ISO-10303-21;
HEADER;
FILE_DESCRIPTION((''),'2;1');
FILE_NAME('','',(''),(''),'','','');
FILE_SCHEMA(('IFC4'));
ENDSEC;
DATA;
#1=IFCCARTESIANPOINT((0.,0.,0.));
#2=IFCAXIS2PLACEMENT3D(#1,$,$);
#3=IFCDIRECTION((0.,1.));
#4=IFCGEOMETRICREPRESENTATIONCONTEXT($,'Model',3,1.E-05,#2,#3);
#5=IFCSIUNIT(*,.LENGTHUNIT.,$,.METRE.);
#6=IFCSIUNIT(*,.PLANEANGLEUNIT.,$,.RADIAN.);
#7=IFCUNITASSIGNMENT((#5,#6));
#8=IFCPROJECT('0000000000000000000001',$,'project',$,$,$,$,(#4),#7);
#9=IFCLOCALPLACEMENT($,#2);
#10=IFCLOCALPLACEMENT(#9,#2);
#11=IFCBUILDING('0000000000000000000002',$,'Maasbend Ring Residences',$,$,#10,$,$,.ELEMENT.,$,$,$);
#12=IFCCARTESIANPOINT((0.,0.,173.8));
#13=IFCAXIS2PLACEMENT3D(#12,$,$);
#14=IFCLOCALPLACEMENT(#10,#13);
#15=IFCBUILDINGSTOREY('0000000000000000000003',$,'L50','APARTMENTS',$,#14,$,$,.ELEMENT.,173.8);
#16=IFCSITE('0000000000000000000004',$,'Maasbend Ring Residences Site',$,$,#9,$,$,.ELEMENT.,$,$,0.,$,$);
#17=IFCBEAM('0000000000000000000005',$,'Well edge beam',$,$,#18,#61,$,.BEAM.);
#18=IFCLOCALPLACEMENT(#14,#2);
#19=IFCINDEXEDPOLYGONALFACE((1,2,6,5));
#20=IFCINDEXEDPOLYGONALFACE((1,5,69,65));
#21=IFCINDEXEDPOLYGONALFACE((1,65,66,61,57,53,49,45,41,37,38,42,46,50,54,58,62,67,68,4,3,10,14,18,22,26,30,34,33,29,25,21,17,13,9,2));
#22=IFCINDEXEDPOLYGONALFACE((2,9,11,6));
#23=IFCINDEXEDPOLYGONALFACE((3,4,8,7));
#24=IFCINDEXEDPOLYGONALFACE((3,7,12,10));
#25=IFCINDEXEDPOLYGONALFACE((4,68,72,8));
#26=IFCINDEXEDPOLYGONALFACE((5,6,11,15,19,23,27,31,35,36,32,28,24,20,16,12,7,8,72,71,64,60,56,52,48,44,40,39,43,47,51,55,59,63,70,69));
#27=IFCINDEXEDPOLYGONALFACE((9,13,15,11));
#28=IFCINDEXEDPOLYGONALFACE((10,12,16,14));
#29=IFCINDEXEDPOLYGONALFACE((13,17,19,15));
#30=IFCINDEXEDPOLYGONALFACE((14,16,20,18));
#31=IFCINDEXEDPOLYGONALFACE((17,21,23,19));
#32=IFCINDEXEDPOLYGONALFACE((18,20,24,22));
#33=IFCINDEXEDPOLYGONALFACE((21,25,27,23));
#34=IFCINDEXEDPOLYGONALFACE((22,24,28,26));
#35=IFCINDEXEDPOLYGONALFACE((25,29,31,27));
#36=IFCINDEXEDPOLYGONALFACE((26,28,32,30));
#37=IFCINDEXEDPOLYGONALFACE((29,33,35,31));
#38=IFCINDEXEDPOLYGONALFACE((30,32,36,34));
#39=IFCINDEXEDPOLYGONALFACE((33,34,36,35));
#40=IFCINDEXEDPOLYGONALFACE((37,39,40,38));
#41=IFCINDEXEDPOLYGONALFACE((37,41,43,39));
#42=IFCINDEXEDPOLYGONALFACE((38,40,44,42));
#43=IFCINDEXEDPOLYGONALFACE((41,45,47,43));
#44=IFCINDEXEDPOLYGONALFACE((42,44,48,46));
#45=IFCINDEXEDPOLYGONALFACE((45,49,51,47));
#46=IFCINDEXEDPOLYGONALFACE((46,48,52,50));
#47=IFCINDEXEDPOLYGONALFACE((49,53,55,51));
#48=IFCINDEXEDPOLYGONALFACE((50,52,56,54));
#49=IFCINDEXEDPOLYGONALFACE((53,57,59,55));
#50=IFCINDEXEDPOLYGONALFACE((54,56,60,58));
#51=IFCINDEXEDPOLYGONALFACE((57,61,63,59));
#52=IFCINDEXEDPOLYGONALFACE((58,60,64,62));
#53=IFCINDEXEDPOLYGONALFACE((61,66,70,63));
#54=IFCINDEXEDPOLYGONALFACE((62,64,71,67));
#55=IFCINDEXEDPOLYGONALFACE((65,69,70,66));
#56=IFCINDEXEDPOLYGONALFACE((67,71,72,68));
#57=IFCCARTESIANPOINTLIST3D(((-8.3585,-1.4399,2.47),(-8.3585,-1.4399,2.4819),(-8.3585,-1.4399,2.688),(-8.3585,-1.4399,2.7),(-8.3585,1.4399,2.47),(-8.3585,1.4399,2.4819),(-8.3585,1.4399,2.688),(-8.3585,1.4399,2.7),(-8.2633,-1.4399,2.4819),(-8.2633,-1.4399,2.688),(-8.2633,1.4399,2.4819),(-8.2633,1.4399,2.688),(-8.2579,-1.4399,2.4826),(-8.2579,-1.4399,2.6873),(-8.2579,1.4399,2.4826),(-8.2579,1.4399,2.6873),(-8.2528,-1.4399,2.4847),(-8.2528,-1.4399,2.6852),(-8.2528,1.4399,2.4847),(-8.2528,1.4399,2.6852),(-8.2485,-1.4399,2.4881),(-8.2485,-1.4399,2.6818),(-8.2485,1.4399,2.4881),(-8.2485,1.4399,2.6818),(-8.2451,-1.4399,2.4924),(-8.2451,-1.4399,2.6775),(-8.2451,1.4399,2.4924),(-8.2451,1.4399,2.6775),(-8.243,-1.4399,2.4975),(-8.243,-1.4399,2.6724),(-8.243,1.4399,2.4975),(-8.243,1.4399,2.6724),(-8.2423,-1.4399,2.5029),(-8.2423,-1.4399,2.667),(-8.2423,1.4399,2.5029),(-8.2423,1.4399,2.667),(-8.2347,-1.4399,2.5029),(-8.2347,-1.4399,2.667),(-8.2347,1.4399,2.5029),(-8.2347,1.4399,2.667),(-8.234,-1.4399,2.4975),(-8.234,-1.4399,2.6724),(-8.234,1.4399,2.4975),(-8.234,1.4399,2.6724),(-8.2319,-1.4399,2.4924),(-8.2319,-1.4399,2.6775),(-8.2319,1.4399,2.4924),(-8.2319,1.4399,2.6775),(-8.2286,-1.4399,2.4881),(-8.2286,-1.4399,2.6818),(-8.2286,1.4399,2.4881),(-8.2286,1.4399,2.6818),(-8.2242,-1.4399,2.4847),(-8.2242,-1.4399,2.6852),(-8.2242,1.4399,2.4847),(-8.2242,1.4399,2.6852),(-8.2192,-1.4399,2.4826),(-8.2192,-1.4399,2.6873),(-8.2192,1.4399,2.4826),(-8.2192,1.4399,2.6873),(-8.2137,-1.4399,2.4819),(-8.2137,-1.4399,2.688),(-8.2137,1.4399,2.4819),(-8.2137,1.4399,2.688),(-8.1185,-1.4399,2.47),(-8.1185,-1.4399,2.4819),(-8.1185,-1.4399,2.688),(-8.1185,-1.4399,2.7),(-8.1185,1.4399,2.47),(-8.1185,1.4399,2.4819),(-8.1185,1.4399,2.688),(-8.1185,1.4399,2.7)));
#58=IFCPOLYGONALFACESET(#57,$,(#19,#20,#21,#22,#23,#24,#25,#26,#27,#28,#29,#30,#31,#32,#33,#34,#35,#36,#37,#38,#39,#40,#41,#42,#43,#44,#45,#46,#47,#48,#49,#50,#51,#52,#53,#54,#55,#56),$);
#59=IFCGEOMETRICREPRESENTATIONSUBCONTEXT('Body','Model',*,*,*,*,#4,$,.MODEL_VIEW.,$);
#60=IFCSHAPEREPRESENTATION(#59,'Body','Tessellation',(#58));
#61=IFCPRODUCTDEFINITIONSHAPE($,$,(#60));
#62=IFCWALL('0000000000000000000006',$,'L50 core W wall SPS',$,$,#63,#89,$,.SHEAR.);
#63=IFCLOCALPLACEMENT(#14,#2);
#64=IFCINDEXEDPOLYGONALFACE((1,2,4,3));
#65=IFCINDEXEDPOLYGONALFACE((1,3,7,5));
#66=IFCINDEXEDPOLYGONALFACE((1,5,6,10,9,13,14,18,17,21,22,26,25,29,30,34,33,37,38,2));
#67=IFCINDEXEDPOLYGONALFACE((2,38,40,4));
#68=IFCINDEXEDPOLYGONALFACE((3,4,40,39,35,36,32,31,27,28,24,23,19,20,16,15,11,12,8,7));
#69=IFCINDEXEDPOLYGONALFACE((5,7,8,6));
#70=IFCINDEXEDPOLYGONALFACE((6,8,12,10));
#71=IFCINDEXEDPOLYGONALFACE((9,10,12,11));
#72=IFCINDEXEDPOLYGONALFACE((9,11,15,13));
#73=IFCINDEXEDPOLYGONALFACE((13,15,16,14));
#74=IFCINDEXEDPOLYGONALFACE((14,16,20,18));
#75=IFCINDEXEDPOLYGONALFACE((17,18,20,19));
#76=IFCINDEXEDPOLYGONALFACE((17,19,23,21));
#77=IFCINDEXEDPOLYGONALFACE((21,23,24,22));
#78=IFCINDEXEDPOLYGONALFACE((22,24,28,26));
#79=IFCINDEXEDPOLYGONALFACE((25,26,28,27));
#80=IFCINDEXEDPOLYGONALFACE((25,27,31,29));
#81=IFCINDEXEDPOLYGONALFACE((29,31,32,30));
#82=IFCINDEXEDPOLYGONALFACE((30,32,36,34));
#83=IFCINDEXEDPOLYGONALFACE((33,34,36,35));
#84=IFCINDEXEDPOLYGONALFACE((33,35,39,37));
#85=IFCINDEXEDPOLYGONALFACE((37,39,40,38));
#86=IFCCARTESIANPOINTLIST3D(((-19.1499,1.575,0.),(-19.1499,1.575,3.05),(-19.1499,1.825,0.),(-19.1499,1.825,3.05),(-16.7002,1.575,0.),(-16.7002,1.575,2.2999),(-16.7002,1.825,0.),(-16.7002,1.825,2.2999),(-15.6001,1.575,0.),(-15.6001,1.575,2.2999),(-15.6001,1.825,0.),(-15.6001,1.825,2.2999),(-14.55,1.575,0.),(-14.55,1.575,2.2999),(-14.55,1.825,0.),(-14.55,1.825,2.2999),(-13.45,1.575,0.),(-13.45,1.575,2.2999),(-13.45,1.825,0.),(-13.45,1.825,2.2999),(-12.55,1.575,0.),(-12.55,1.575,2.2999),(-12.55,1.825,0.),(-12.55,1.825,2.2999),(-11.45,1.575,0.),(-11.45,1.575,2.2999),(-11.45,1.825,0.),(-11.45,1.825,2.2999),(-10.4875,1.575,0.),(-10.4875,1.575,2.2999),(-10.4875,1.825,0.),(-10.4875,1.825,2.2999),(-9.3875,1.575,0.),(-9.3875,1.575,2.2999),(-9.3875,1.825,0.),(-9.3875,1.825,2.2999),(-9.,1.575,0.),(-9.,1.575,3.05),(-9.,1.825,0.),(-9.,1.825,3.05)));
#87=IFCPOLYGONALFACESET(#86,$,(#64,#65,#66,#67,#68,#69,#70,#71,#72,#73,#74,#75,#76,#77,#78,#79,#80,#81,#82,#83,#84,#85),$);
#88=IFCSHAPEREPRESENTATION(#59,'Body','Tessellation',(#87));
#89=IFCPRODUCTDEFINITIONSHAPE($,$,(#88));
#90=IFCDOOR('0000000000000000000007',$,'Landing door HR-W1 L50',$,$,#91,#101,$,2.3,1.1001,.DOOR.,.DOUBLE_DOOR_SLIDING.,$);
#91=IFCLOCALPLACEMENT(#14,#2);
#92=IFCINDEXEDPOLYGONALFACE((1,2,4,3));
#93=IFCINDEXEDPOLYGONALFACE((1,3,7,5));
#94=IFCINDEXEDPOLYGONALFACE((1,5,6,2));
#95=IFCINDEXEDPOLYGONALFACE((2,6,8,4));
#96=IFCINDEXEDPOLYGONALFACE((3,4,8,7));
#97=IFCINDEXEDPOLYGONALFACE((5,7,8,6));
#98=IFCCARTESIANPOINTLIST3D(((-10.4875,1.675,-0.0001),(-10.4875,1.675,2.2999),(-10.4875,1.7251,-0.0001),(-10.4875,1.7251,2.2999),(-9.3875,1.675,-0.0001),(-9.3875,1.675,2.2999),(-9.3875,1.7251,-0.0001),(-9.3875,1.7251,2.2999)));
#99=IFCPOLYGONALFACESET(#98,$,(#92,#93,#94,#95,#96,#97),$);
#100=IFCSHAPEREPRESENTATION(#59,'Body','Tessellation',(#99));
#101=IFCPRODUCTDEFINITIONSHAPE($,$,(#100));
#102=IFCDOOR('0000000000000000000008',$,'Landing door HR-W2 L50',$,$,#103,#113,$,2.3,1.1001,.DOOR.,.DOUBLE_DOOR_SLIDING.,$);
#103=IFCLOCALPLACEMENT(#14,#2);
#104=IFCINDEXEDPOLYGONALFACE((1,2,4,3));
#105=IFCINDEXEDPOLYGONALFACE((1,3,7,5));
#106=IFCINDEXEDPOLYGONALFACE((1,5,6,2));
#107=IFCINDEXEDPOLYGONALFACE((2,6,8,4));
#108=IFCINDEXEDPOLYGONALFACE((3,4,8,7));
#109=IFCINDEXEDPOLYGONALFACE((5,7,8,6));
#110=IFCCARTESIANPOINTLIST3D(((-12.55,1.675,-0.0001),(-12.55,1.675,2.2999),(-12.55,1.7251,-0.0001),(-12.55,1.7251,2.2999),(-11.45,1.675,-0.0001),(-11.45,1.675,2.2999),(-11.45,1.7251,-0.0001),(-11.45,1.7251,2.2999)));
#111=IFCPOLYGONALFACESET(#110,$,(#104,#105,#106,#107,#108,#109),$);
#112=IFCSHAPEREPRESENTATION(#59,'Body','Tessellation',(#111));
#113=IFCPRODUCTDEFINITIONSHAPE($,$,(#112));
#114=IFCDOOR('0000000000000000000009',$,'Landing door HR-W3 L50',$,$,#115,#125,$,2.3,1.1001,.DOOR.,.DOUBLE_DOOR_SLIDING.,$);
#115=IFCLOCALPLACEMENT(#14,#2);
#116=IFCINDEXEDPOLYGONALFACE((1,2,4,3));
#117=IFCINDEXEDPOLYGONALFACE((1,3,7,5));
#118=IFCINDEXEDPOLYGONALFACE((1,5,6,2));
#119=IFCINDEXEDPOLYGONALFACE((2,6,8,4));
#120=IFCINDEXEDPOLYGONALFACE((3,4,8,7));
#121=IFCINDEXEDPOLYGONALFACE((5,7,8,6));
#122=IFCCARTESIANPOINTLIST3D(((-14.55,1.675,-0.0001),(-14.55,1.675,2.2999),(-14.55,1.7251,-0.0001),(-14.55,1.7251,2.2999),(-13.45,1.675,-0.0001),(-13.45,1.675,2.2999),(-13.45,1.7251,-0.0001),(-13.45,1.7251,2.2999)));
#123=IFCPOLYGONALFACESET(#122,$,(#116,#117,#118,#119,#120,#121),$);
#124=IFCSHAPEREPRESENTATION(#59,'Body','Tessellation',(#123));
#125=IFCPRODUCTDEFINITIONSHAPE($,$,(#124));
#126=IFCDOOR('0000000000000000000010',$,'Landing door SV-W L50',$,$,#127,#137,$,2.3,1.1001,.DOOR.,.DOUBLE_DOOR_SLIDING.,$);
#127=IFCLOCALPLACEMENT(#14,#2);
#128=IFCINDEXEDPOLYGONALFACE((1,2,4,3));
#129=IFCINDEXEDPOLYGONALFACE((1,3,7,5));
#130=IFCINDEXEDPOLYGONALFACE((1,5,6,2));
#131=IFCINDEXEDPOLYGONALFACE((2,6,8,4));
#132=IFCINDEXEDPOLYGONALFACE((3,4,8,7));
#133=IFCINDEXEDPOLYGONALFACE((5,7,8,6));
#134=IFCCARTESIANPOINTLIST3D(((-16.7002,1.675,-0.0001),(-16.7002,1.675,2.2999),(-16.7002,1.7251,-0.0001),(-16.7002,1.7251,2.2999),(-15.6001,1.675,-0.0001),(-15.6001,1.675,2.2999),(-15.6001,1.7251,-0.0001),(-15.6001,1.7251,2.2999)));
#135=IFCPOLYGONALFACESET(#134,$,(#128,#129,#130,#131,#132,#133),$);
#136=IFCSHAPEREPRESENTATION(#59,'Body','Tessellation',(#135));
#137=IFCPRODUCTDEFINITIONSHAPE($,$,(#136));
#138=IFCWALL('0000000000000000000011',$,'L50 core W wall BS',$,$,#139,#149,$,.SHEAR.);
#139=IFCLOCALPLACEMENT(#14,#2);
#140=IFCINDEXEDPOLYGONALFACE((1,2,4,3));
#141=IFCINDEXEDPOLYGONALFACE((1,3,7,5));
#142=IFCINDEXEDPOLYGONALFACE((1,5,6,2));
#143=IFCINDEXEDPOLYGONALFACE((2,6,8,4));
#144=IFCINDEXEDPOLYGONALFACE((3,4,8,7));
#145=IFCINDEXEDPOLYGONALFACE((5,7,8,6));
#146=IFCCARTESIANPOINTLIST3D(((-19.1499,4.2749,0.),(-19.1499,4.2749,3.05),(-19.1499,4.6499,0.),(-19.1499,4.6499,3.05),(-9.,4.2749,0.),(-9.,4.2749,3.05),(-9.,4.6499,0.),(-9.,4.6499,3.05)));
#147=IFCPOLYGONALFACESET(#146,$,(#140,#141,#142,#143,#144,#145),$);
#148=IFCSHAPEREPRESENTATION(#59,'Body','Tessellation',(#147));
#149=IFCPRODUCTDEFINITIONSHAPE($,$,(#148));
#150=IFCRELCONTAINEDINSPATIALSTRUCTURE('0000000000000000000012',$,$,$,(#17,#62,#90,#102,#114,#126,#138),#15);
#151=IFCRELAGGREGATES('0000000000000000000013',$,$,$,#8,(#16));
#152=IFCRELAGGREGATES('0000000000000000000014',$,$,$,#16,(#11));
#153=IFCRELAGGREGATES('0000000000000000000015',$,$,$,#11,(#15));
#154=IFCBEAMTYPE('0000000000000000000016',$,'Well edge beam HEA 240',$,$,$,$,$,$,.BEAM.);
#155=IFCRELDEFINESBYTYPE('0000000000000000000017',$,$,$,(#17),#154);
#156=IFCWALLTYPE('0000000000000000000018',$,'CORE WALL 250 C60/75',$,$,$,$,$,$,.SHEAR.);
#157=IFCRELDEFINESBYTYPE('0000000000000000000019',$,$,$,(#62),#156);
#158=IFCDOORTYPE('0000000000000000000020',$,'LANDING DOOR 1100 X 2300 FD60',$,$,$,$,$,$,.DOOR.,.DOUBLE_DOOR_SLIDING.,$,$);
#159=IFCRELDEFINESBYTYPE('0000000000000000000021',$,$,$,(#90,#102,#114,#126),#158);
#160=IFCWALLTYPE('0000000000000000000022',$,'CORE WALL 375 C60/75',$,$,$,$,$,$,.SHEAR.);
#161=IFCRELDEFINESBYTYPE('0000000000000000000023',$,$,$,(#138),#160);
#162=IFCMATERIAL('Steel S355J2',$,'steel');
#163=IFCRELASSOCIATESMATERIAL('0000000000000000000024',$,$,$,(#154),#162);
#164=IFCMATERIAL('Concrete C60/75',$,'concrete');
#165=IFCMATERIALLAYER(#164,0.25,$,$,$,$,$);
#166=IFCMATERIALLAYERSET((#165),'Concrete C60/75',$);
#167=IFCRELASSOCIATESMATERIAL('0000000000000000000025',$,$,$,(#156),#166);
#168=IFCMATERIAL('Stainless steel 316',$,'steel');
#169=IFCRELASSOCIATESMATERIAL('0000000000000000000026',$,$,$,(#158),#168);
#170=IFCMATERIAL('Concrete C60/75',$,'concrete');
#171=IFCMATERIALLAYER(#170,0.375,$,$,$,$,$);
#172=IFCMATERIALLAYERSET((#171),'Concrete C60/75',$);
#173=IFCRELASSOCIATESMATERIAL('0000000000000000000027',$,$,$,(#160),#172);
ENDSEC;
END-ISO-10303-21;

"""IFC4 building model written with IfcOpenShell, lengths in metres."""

from ifc_helpers import new_model, si_unit, direction, frame, frame_2d, origin, origin_2d, place, context, subcontext, project, spatial, rectangle, i_section, extrude, material, layer, layer_set, material_profile, profile_set, type_object, element, fill, save


model = new_model("IFC4")

# Units and contexts
model_context = context("Model", 3, precision=1e-05, world=origin(), true_north=direction((0.0, 1.0)))
body_context = subcontext(model_context, "Body", "Model", "MODEL_VIEW")
ifc_project = project(units=[si_unit("LENGTHUNIT", "METRE"), si_unit("PLANEANGLEUNIT", "RADIAN")], contexts=[model_context])

# Site, building, storey
site_placement = place(None, origin())
site = spatial("IfcSite", under=ifc_project, at=site_placement, Name="Maasbend Ring Residences Site", CompositionType="ELEMENT", RefElevation=0.0)
building_placement = place(site_placement, origin())
building = spatial("IfcBuilding", under=site, at=building_placement, Name="Maasbend Ring Residences", CompositionType="ELEMENT")
storey_placement = place(building_placement, frame((0.0, 0.0, 173.8)))
storey = spatial("IfcBuildingStorey", under=building, at=storey_placement, Name="L50", Description="APARTMENTS", CompositionType="ELEMENT", Elevation=173.8)

# Beam
ifc_material_1 = material(Name="Steel S355J2", Category="steel")
ifc_material_profile = material_profile(ifc_material_1, i_section(OverallWidth=0.24, OverallDepth=0.23, WebThickness=0.0076, FlangeThickness=0.012, FilletRadius=0.021, at=origin_2d()), Name="HEA 240")
ifc_profile_set = profile_set([ifc_material_profile], Name="Steel S355J2")
beam_type = type_object("IfcBeamType", Name="Well edge beam HEA 240", PredefinedType="BEAM", material=ifc_profile_set)
beam_placement = place(storey_placement, frame((-8.2385, 1.4399, 2.585), z_axis=(0.0, -1.0, 0.0), x_axis=(1.0, 0.0, 0.0)))
element("IfcBeam", 1, at=beam_placement, inside=storey, type_object=beam_type, Name="Well edge beam", PredefinedType="BEAM", context=body_context, shape_type="SweptSolid", body=[
    extrude(i_section(OverallWidth=0.24, OverallDepth=0.23, WebThickness=0.0076, FlangeThickness=0.012, FilletRadius=0.021, at=origin_2d()), origin(), (0.0, 0.0, 1.0), 2.8799),
])

# Wall, openings, doors
ifc_material_2 = material(Name="Concrete C60/75", Category="concrete")
ifc_layer_1 = layer(ifc_material_2, 0.25)
ifc_layer_set_1 = layer_set([ifc_layer_1], Name="Concrete C60/75")
wall_type_1 = type_object("IfcWallType", Name="CORE WALL 250 C60/75", PredefinedType="SHEAR", material=ifc_layer_set_1)
wall_1_placement = place(storey_placement, frame((-9.0, 1.7, 0.0), z_axis=(0.0, 0.0, 1.0), x_axis=(-1.0, 0.0, 0.0)))
wall_1 = element("IfcWall", 2, at=wall_1_placement, inside=storey, type_object=wall_type_1, Name="L50 core W wall SPS", PredefinedType="SHEAR", context=body_context, shape_type="SweptSolid", body=[
    extrude(rectangle(XDim=10.1499, YDim=0.25, at=frame_2d((5.075, 0.0))), origin(), (0.0, 0.0, 1.0), 3.05),
])
opening_1_placement = place(wall_1_placement, frame((0.3875, 0.0, 0.0)))
opening_1 = element("IfcOpeningElement", 3, at=opening_1_placement, cuts=wall_1, PredefinedType="OPENING", context=body_context, shape_type="SweptSolid", body=[
    extrude(rectangle(XDim=1.1001, YDim=2.3, at=frame_2d((0.55, 1.1499))), frame((0.0, 0.135, 0.0), z_axis=(0.0, -1.0, 0.0), x_axis=(1.0, 0.0, 0.0)), (0.0, 0.0, 1.0), 0.27),
])
opening_2_placement = place(wall_1_placement, frame((2.45, 0.0, 0.0)))
opening_2 = element("IfcOpeningElement", 4, at=opening_2_placement, cuts=wall_1, PredefinedType="OPENING", context=body_context, shape_type="SweptSolid", body=[
    extrude(rectangle(XDim=1.1001, YDim=2.3, at=frame_2d((0.55, 1.1499))), frame((0.0, 0.135, 0.0), z_axis=(0.0, -1.0, 0.0), x_axis=(1.0, 0.0, 0.0)), (0.0, 0.0, 1.0), 0.27),
])
opening_3_placement = place(wall_1_placement, frame((4.45, 0.0, 0.0)))
opening_3 = element("IfcOpeningElement", 5, at=opening_3_placement, cuts=wall_1, PredefinedType="OPENING", context=body_context, shape_type="SweptSolid", body=[
    extrude(rectangle(XDim=1.1001, YDim=2.3, at=frame_2d((0.55, 1.1499))), frame((0.0, 0.135, 0.0), z_axis=(0.0, -1.0, 0.0), x_axis=(1.0, 0.0, 0.0)), (0.0, 0.0, 1.0), 0.27),
])
opening_4_placement = place(wall_1_placement, frame((6.6001, 0.0, 0.0)))
opening_4 = element("IfcOpeningElement", 6, at=opening_4_placement, cuts=wall_1, PredefinedType="OPENING", context=body_context, shape_type="SweptSolid", body=[
    extrude(rectangle(XDim=1.1001, YDim=2.3, at=frame_2d((0.55, 1.1499))), frame((0.0, 0.135, 0.0), z_axis=(0.0, -1.0, 0.0), x_axis=(1.0, 0.0, 0.0)), (0.0, 0.0, 1.0), 0.27),
])
ifc_material_3 = material(Name="Stainless steel 316", Category="steel")
door_type_1 = type_object("IfcDoorType", Name="LANDING DOOR 1100 X 2300 FD60", OperationType="DOUBLE_DOOR_SLIDING", PredefinedType="DOOR", material=ifc_material_3)
door_1_placement = place(opening_1_placement, origin())
door_1 = element("IfcDoor", 7, at=door_1_placement, inside=storey, type_object=door_type_1, Name="Landing door HR-W1 L50", OperationType="DOUBLE_DOOR_SLIDING", OverallHeight=2.3, OverallWidth=1.1001, PredefinedType="DOOR", context=body_context, shape_type="SweptSolid", body=[
    extrude(rectangle(XDim=1.1001, YDim=2.3, at=frame_2d((0.55, 1.1499))), frame((0.0, 0.0249, 0.0), z_axis=(0.0, -1.0, 0.0), x_axis=(1.0, 0.0, 0.0)), (0.0, 0.0, 1.0), 0.05),
])
fill(opening_1, door_1)
door_2_placement = place(opening_2_placement, origin())
door_2 = element("IfcDoor", 8, at=door_2_placement, inside=storey, type_object=door_type_1, Name="Landing door HR-W2 L50", OperationType="DOUBLE_DOOR_SLIDING", OverallHeight=2.3, OverallWidth=1.1001, PredefinedType="DOOR", context=body_context, shape_type="SweptSolid", body=[
    extrude(rectangle(XDim=1.1001, YDim=2.3, at=frame_2d((0.55, 1.1499))), frame((0.0, 0.0249, 0.0), z_axis=(0.0, -1.0, 0.0), x_axis=(1.0, 0.0, 0.0)), (0.0, 0.0, 1.0), 0.05),
])
fill(opening_2, door_2)
door_3_placement = place(opening_3_placement, origin())
door_3 = element("IfcDoor", 9, at=door_3_placement, inside=storey, type_object=door_type_1, Name="Landing door HR-W3 L50", OperationType="DOUBLE_DOOR_SLIDING", OverallHeight=2.3, OverallWidth=1.1001, PredefinedType="DOOR", context=body_context, shape_type="SweptSolid", body=[
    extrude(rectangle(XDim=1.1001, YDim=2.3, at=frame_2d((0.55, 1.1499))), frame((0.0, 0.0249, 0.0), z_axis=(0.0, -1.0, 0.0), x_axis=(1.0, 0.0, 0.0)), (0.0, 0.0, 1.0), 0.05),
])
fill(opening_3, door_3)
door_4_placement = place(opening_4_placement, origin())
door_4 = element("IfcDoor", 10, at=door_4_placement, inside=storey, type_object=door_type_1, Name="Landing door SV-W L50", OperationType="DOUBLE_DOOR_SLIDING", OverallHeight=2.3, OverallWidth=1.1001, PredefinedType="DOOR", context=body_context, shape_type="SweptSolid", body=[
    extrude(rectangle(XDim=1.1001, YDim=2.3, at=frame_2d((0.55, 1.1499))), frame((0.0, 0.0249, 0.0), z_axis=(0.0, -1.0, 0.0), x_axis=(1.0, 0.0, 0.0)), (0.0, 0.0, 1.0), 0.05),
])
fill(opening_4, door_4)

# Wall
ifc_material_4 = material(Name="Concrete C60/75", Category="concrete")
ifc_layer_2 = layer(ifc_material_4, 0.375)
ifc_layer_set_2 = layer_set([ifc_layer_2], Name="Concrete C60/75")
wall_type_2 = type_object("IfcWallType", Name="CORE WALL 375 C60/75", PredefinedType="SHEAR", material=ifc_layer_set_2)
wall_2_placement = place(storey_placement, frame((-9.0, 4.4624, 0.0), z_axis=(0.0, 0.0, 1.0), x_axis=(-1.0, 0.0, 0.0)))
element("IfcWall", 11, at=wall_2_placement, inside=storey, type_object=wall_type_2, Name="L50 core W wall BS", PredefinedType="SHEAR", context=body_context, shape_type="SweptSolid", body=[
    extrude(rectangle(XDim=10.1499, YDim=0.375, at=frame_2d((5.075, 0.0))), origin(), (0.0, 0.0, 1.0), 3.05),
])

save(model, "model.ifc")
